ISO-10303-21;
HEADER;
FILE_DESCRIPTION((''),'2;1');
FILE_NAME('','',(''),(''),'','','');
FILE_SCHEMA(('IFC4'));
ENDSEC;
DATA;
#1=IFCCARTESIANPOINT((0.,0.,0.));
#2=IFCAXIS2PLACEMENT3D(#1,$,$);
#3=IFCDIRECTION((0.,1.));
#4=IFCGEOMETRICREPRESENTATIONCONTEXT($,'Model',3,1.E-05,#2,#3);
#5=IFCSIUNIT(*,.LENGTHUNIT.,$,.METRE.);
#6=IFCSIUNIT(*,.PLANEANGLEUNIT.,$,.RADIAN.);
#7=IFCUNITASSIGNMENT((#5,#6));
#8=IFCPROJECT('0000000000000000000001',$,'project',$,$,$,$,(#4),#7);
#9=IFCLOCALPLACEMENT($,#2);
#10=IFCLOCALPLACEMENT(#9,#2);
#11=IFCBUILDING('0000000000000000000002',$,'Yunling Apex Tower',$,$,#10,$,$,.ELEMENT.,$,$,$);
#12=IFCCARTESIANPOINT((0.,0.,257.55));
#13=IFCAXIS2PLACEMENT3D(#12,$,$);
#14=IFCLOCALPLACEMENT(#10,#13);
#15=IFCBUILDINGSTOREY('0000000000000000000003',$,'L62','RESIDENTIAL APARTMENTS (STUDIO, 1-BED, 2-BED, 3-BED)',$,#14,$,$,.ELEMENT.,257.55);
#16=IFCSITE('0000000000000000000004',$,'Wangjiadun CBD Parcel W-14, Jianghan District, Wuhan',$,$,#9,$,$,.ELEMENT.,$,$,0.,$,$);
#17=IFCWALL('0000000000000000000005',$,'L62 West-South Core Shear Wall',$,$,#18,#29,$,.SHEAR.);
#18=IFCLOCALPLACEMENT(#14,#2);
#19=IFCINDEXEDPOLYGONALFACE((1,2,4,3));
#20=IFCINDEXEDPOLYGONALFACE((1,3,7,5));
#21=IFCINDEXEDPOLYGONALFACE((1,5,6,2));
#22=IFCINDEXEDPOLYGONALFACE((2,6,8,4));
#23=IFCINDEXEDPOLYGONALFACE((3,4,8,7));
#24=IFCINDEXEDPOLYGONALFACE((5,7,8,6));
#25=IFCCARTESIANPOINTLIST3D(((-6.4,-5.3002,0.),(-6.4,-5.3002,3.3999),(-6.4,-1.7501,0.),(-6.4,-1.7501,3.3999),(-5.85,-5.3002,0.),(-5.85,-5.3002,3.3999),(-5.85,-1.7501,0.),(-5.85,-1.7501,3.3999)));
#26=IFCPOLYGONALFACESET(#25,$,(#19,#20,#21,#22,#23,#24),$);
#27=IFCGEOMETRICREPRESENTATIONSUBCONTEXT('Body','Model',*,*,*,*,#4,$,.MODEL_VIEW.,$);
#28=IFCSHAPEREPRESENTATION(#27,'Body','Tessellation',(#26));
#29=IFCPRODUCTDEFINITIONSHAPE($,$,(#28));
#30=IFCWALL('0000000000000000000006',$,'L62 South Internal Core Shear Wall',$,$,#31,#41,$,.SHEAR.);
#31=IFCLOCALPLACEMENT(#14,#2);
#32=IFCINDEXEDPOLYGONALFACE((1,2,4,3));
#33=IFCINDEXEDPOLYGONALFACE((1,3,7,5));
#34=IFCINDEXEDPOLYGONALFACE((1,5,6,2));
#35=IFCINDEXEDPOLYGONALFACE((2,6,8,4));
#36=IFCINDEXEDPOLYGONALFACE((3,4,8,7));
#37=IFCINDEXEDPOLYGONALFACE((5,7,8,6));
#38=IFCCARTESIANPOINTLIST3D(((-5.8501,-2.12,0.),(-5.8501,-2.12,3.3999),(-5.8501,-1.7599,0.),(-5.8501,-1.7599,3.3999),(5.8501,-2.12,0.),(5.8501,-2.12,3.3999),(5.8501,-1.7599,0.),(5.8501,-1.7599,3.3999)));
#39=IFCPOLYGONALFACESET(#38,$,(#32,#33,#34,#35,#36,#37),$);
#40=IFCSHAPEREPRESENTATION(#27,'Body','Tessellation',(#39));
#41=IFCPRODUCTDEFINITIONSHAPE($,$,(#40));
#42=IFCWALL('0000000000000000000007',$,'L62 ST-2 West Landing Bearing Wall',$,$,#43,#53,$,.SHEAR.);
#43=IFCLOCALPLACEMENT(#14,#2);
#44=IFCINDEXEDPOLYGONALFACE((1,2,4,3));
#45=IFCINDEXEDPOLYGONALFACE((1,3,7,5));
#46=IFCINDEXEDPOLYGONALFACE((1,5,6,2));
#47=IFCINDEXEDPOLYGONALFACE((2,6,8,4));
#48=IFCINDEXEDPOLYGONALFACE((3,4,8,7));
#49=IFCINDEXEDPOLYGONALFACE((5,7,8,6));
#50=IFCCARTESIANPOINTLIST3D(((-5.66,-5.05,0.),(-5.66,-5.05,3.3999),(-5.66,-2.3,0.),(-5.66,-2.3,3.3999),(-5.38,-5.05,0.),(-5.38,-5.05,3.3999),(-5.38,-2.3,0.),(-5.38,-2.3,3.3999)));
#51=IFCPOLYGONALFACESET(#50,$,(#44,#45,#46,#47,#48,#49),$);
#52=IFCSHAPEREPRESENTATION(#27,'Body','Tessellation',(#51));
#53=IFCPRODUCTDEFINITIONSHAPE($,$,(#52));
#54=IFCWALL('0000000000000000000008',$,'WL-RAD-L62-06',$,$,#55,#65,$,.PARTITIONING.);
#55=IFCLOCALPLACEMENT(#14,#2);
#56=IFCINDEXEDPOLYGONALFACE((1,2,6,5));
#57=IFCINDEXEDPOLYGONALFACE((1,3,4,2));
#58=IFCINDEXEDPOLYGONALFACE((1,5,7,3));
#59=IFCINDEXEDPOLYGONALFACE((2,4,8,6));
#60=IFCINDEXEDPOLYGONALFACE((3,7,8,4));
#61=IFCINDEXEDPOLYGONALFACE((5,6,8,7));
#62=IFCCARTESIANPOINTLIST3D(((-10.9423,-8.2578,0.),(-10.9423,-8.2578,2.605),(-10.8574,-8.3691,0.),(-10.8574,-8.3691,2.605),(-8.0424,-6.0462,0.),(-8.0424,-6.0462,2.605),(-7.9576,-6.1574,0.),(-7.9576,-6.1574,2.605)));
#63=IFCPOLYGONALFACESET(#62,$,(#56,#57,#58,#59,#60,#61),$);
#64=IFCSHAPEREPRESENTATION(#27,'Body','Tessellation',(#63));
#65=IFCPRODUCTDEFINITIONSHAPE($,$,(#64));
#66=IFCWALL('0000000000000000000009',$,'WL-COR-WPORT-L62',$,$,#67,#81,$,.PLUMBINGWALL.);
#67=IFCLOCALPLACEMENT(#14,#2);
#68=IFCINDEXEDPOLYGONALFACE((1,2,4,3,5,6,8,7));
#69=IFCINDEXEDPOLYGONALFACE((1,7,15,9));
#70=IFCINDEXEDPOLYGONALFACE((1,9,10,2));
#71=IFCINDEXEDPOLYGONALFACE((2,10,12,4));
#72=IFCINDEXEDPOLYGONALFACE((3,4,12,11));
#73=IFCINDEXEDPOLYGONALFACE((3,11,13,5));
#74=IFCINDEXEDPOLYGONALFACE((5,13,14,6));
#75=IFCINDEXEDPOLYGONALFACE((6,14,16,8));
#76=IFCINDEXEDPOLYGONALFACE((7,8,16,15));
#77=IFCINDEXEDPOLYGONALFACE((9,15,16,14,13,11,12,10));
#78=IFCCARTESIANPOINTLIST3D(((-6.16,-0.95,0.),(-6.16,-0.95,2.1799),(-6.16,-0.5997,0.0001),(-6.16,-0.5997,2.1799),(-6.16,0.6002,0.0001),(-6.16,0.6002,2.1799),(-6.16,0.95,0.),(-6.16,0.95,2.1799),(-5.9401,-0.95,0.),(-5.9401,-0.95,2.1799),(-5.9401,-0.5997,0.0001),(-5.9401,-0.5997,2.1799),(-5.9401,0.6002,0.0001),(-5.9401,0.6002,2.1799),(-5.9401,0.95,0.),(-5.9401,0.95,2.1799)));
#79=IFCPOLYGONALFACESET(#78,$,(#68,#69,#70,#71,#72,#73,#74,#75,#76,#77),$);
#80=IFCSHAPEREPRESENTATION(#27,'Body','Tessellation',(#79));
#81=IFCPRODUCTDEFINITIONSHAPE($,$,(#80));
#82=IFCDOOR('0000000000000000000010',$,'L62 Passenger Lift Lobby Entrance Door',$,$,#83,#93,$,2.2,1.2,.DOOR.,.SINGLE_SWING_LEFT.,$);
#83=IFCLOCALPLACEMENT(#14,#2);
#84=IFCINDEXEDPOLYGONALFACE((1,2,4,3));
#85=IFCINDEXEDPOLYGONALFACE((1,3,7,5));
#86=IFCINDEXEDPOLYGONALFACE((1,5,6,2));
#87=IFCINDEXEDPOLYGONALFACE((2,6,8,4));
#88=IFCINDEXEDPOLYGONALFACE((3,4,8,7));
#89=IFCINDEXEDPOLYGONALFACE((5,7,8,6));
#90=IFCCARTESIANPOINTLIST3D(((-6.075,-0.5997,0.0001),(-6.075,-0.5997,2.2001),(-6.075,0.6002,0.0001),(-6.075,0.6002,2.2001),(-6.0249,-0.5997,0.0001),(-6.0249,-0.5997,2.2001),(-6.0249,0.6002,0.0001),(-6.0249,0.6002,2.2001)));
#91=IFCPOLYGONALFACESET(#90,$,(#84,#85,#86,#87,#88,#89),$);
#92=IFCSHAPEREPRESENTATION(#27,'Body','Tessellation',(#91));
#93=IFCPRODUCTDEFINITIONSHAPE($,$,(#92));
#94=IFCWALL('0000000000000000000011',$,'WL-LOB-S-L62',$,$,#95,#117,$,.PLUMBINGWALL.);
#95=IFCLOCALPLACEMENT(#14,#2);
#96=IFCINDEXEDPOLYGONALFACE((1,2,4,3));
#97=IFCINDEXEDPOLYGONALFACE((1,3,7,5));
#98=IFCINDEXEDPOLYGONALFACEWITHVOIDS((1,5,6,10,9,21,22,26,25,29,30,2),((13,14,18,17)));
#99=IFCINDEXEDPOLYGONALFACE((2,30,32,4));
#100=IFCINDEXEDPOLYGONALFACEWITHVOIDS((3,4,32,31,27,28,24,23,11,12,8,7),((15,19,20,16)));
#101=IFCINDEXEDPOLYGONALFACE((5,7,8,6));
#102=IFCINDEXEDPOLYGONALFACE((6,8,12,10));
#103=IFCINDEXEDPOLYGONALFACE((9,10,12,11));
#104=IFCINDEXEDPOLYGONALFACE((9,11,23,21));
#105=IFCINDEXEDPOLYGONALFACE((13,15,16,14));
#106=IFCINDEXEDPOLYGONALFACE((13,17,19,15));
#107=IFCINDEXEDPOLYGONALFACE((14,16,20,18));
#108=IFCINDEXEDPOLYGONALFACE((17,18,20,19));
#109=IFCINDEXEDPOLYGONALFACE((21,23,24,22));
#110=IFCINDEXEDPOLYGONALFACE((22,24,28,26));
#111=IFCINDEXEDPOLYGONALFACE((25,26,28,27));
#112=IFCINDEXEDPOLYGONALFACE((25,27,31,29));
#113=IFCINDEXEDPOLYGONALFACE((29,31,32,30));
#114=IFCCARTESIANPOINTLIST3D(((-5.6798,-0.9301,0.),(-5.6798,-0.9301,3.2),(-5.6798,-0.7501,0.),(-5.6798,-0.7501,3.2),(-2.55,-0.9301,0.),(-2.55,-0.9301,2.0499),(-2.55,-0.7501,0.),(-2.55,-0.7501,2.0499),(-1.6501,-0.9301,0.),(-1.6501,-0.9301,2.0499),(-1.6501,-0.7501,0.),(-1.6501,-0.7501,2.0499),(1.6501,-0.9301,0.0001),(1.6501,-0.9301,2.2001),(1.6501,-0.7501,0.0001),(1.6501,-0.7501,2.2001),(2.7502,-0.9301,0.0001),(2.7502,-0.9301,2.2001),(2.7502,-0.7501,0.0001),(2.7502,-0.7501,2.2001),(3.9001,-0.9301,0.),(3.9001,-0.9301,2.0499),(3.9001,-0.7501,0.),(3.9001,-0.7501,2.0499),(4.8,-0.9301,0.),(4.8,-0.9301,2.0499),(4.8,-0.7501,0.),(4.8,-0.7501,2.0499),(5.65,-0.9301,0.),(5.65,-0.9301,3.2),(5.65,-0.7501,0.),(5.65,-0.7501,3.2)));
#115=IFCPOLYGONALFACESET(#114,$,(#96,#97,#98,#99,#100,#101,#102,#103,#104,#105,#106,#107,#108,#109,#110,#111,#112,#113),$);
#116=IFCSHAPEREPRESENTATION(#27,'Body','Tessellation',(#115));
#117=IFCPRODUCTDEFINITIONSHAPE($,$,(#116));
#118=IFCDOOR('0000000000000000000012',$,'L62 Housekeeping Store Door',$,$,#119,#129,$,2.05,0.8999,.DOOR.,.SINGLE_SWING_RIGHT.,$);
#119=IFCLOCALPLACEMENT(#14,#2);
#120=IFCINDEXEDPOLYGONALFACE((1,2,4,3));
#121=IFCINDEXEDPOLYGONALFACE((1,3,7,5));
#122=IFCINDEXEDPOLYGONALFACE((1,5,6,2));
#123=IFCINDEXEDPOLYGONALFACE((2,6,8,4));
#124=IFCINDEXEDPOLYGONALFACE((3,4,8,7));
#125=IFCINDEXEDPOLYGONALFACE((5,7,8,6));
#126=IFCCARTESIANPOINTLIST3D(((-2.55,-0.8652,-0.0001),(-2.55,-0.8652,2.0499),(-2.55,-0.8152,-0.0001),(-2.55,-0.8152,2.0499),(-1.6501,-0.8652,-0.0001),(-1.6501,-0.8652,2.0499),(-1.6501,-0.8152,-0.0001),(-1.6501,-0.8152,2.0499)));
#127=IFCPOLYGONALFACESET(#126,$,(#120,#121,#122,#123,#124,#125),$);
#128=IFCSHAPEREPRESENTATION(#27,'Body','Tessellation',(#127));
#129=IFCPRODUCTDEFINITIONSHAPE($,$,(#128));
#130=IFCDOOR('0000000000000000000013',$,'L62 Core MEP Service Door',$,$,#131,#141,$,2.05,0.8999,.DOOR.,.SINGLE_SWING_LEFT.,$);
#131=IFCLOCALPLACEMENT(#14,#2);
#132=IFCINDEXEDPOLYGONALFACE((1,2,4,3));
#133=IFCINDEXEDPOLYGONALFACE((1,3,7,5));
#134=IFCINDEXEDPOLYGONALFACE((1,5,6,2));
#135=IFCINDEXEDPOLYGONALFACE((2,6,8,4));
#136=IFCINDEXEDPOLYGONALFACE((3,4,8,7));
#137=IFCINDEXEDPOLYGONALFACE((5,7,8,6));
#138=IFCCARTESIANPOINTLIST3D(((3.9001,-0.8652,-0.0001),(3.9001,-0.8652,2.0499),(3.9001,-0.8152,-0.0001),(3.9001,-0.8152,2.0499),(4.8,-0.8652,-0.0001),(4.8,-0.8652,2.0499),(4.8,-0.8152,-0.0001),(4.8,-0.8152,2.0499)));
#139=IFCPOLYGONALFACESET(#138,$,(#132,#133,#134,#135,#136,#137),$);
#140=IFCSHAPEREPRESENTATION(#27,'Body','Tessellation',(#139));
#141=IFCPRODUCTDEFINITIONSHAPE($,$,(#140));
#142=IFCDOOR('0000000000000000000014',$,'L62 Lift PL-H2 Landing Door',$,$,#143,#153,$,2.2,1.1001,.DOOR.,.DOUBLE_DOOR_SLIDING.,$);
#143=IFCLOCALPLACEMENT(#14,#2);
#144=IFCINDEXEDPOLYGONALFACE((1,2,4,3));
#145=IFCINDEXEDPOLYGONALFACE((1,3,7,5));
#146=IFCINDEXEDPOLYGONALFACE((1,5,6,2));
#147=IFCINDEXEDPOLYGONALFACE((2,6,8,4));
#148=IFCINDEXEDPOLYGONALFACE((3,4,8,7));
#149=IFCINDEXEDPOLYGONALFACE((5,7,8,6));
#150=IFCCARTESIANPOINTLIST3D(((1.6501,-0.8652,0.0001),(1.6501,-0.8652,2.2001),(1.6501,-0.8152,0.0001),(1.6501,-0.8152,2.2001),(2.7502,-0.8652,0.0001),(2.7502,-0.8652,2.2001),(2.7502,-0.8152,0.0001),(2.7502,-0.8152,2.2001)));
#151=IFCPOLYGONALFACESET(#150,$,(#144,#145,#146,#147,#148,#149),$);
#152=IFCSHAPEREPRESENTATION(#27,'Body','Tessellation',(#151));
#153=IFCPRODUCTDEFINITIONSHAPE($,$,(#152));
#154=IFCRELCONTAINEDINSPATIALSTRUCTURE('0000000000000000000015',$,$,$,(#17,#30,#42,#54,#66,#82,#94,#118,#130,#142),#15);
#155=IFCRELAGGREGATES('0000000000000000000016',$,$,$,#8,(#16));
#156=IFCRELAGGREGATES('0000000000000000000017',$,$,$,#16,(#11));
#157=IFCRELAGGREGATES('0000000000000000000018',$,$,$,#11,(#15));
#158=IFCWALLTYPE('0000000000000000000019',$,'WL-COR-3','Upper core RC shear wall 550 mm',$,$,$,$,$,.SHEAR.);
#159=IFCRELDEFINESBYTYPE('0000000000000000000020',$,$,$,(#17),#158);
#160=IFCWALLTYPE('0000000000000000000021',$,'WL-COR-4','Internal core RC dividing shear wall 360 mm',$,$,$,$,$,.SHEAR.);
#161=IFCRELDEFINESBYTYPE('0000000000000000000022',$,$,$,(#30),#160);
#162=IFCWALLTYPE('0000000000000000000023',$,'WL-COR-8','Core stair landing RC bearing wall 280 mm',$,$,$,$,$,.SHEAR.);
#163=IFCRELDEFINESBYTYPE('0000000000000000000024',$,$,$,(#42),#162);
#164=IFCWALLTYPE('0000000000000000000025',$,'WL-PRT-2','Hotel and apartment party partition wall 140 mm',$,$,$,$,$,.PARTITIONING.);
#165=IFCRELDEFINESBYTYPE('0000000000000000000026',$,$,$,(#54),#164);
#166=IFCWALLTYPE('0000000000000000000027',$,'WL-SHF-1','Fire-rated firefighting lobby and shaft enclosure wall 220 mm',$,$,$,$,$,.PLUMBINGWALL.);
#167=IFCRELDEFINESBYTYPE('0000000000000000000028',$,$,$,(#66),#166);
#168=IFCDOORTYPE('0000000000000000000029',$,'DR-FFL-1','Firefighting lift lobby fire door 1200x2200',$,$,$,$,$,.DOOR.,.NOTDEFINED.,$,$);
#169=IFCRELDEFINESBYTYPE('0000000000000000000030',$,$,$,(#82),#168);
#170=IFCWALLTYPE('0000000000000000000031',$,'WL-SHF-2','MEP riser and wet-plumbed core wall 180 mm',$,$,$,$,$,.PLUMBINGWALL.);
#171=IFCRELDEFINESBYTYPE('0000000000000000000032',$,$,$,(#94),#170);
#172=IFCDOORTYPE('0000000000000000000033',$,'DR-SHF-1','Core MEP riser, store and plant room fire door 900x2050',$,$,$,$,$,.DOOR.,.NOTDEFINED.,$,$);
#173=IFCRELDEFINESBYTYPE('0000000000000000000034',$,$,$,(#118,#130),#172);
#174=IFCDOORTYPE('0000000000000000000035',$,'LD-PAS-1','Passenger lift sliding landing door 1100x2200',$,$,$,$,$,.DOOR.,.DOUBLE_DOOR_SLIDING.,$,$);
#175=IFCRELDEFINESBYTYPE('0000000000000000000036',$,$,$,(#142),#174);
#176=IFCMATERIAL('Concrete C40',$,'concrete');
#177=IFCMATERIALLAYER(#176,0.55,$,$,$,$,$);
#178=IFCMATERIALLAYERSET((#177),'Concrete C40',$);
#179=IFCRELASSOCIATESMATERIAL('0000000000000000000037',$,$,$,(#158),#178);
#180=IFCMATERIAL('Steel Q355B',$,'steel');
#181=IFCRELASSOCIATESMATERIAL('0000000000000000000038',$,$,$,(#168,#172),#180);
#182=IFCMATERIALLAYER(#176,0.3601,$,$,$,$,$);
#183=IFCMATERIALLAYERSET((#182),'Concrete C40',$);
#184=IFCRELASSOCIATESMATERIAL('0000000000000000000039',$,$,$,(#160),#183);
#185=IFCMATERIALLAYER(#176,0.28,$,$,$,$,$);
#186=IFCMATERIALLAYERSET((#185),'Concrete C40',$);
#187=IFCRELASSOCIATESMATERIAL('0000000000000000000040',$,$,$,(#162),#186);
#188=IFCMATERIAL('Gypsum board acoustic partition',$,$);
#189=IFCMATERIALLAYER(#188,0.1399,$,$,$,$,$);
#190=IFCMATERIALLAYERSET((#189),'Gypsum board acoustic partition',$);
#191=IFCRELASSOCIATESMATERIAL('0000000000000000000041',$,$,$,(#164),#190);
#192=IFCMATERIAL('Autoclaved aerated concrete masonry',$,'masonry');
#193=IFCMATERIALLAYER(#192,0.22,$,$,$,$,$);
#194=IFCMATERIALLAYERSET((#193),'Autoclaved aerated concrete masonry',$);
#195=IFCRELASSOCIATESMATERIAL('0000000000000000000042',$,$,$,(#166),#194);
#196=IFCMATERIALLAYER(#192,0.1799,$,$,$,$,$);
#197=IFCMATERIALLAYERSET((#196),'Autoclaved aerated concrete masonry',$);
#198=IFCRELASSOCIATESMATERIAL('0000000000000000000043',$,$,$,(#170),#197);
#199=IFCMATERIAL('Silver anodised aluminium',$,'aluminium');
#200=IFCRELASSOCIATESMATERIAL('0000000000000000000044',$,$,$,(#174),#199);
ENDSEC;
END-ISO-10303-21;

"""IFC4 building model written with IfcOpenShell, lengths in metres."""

from ifc_helpers import new_model, si_unit, direction, frame, frame_2d, origin, place, context, subcontext, project, spatial, rectangle, extrude, material, layer, layer_set, type_object, element, fill, save


model = new_model("IFC4")

# Units and contexts
model_context = context("Model", 3, precision=1e-05, world=origin(), true_north=direction((0.0, 1.0)))
body_context = subcontext(model_context, "Body", "Model", "MODEL_VIEW")
ifc_project = project(units=[si_unit("LENGTHUNIT", "METRE"), si_unit("PLANEANGLEUNIT", "RADIAN")], contexts=[model_context])

# Site, building, storey
site_placement = place(None, origin())
site = spatial("IfcSite", under=ifc_project, at=site_placement, Name="Wangjiadun CBD Parcel W-14, Jianghan District, Wuhan", CompositionType="ELEMENT", RefElevation=0.0)
building_placement = place(site_placement, origin())
building = spatial("IfcBuilding", under=site, at=building_placement, Name="Yunling Apex Tower", CompositionType="ELEMENT")
storey_placement = place(building_placement, frame((0.0, 0.0, 257.55)))
storey = spatial("IfcBuildingStorey", under=building, at=storey_placement, Name="L62", Description="RESIDENTIAL APARTMENTS (STUDIO, 1-BED, 2-BED, 3-BED)", CompositionType="ELEMENT", Elevation=257.55)

# Shared definitions
ifc_material_1 = material(Name="Steel Q355B", Category="steel")
ifc_material_2 = material(Name="Concrete C40", Category="concrete")

# Shared definitions
ifc_layer_1 = layer(ifc_material_2, 0.55)
ifc_layer_set_1 = layer_set([ifc_layer_1], Name="Concrete C40")
wall_type_1 = type_object("IfcWallType", Name="WL-COR-3", Description="Upper core RC shear wall 550 mm", PredefinedType="SHEAR", material=ifc_layer_set_1)
door_type_1 = type_object("IfcDoorType", Name="DR-FFL-1", Description="Firefighting lift lobby fire door 1200x2200", OperationType="NOTDEFINED", PredefinedType="DOOR", material=ifc_material_1)

# Walls
wall_1_placement = place(storey_placement, frame((-6.125, -5.3, 0.0), z_axis=(0.0, 0.0, 1.0), x_axis=(0.0, 1.0, 0.0)))
element("IfcWall", 1, at=wall_1_placement, inside=storey, type_object=wall_type_1, Name="L62 West-South Core Shear Wall", PredefinedType="SHEAR", context=body_context, shape_type="SweptSolid", body=[
    extrude(rectangle(XDim=3.55, YDim=0.55, at=frame_2d((1.7749, 0.0))), origin(), (0.0, 0.0, 1.0), 3.3999),
])
ifc_layer_2 = layer(ifc_material_2, 0.3601)
ifc_layer_set_2 = layer_set([ifc_layer_2], Name="Concrete C40")
wall_type_2 = type_object("IfcWallType", Name="WL-COR-4", Description="Internal core RC dividing shear wall 360 mm", PredefinedType="SHEAR", material=ifc_layer_set_2)
wall_2_placement = place(storey_placement, frame((-5.8501, -1.9399, 0.0), z_axis=(0.0, 0.0, 1.0), x_axis=(1.0, 0.0, 0.0)))
element("IfcWall", 2, at=wall_2_placement, inside=storey, type_object=wall_type_2, Name="L62 South Internal Core Shear Wall", PredefinedType="SHEAR", context=body_context, shape_type="SweptSolid", body=[
    extrude(rectangle(XDim=11.7002, YDim=0.3601, at=frame_2d((5.8501, 0.0))), origin(), (0.0, 0.0, 1.0), 3.3999),
])
ifc_layer_3 = layer(ifc_material_2, 0.28)
ifc_layer_set_3 = layer_set([ifc_layer_3], Name="Concrete C40")
wall_type_3 = type_object("IfcWallType", Name="WL-COR-8", Description="Core stair landing RC bearing wall 280 mm", PredefinedType="SHEAR", material=ifc_layer_set_3)
wall_3_placement = place(storey_placement, frame((-5.52, -5.05, 0.0), z_axis=(0.0, 0.0, 1.0), x_axis=(0.0, 1.0, 0.0)))
element("IfcWall", 3, at=wall_3_placement, inside=storey, type_object=wall_type_3, Name="L62 ST-2 West Landing Bearing Wall", PredefinedType="SHEAR", context=body_context, shape_type="SweptSolid", body=[
    extrude(rectangle(XDim=2.75, YDim=0.28, at=frame_2d((1.375, 0.0))), origin(), (0.0, 0.0, 1.0), 3.3999),
])
ifc_material_3 = material(Name="Gypsum board acoustic partition")
ifc_layer_4 = layer(ifc_material_3, 0.1399)
ifc_layer_set_4 = layer_set([ifc_layer_4], Name="Gypsum board acoustic partition")
wall_type_4 = type_object("IfcWallType", Name="WL-PRT-2", Description="Hotel and apartment party partition wall 140 mm", PredefinedType="PARTITIONING", material=ifc_layer_set_4)
wall_4_placement = place(storey_placement, frame((-8.0, -6.1018, 0.0), z_axis=(0.0, 0.0, 1.0), x_axis=(-0.795138, -0.606428, 0.0)))
element("IfcWall", 4, at=wall_4_placement, inside=storey, type_object=wall_type_4, Name="WL-RAD-L62-06", PredefinedType="PARTITIONING", context=body_context, shape_type="SweptSolid", body=[
    extrude(rectangle(XDim=3.647, YDim=0.1399, at=frame_2d((1.8235, 0.0))), origin(), (0.0, 0.0, 1.0), 2.605),
])

# Wall, opening, door
ifc_material_4 = material(Name="Autoclaved aerated concrete masonry", Category="masonry")
ifc_layer_5 = layer(ifc_material_4, 0.22)
ifc_layer_set_5 = layer_set([ifc_layer_5], Name="Autoclaved aerated concrete masonry")
wall_type_5 = type_object("IfcWallType", Name="WL-SHF-1", Description="Fire-rated firefighting lobby and shaft enclosure wall 220 mm", PredefinedType="PLUMBINGWALL", material=ifc_layer_set_5)
wall_5_placement = place(storey_placement, frame((-6.05, -0.95, 0.0), z_axis=(0.0, 0.0, 1.0), x_axis=(0.0, 1.0, 0.0)))
wall_5 = element("IfcWall", 5, at=wall_5_placement, inside=storey, type_object=wall_type_5, Name="WL-COR-WPORT-L62", PredefinedType="PLUMBINGWALL", context=body_context, shape_type="SweptSolid", body=[
    extrude(rectangle(XDim=1.8999, YDim=0.22, at=frame_2d((0.95, 0.0))), origin(), (0.0, 0.0, 1.0), 2.1799),
])
opening_1_placement = place(wall_5_placement, frame((0.3501, 0.0, 0.0)))
opening_1 = element("IfcOpeningElement", 6, at=opening_1_placement, cuts=wall_5, PredefinedType="OPENING", context=body_context, shape_type="SweptSolid", body=[
    extrude(rectangle(XDim=1.2, YDim=2.2, at=frame_2d((0.6001, 1.1001))), frame((0.0, 0.1201, 0.0), z_axis=(0.0, -1.0, 0.0), x_axis=(1.0, 0.0, 0.0)), (0.0, 0.0, 1.0), 0.24),
])
door_1_placement = place(opening_1_placement, origin())
door_1 = element("IfcDoor", 7, at=door_1_placement, inside=storey, type_object=door_type_1, Name="L62 Passenger Lift Lobby Entrance Door", OperationType="SINGLE_SWING_LEFT", OverallHeight=2.2, OverallWidth=1.2, PredefinedType="DOOR", context=body_context, shape_type="SweptSolid", body=[
    extrude(rectangle(XDim=1.2, YDim=2.2, at=frame_2d((0.6001, 1.1001))), frame((0.0, 0.0249, 0.0), z_axis=(0.0, -1.0, 0.0), x_axis=(1.0, 0.0, 0.0)), (0.0, 0.0, 1.0), 0.05),
])
fill(opening_1, door_1)

# Wall, openings, doors
ifc_layer_6 = layer(ifc_material_4, 0.1799)
ifc_layer_set_6 = layer_set([ifc_layer_6], Name="Autoclaved aerated concrete masonry")
wall_type_6 = type_object("IfcWallType", Name="WL-SHF-2", Description="MEP riser and wet-plumbed core wall 180 mm", PredefinedType="PLUMBINGWALL", material=ifc_layer_set_6)
wall_6_placement = place(storey_placement, frame((-5.6799, -0.8401, 0.0), z_axis=(0.0, 0.0, 1.0), x_axis=(1.0, 0.0, 0.0)))
wall_6 = element("IfcWall", 8, at=wall_6_placement, inside=storey, type_object=wall_type_6, Name="WL-LOB-S-L62", PredefinedType="PLUMBINGWALL", context=body_context, shape_type="SweptSolid", body=[
    extrude(rectangle(XDim=11.3298, YDim=0.1799, at=frame_2d((5.665, 0.0))), origin(), (0.0, 0.0, 1.0), 3.2),
])
opening_2_placement = place(wall_6_placement, frame((3.1299, 0.0, 0.0)))
opening_2 = element("IfcOpeningElement", 9, at=opening_2_placement, cuts=wall_6, PredefinedType="OPENING", context=body_context, shape_type="SweptSolid", body=[
    extrude(rectangle(XDim=0.8999, YDim=2.05, at=frame_2d((0.45, 1.0249))), frame((0.0, 0.1001, 0.0), z_axis=(0.0, -1.0, 0.0), x_axis=(1.0, 0.0, 0.0)), (0.0, 0.0, 1.0), 0.2),
])
opening_3_placement = place(wall_6_placement, frame((7.3301, 0.0, 0.0)))
opening_3 = element("IfcOpeningElement", 10, at=opening_3_placement, cuts=wall_6, PredefinedType="OPENING", context=body_context, shape_type="SweptSolid", body=[
    extrude(rectangle(XDim=1.1001, YDim=2.2, at=frame_2d((0.55, 1.1001))), frame((0.0, 0.1001, 0.0), z_axis=(0.0, -1.0, 0.0), x_axis=(1.0, 0.0, 0.0)), (0.0, 0.0, 1.0), 0.2),
])
opening_4_placement = place(wall_6_placement, frame((9.5801, 0.0, 0.0)))
opening_4 = element("IfcOpeningElement", 11, at=opening_4_placement, cuts=wall_6, PredefinedType="OPENING", context=body_context, shape_type="SweptSolid", body=[
    extrude(rectangle(XDim=0.8999, YDim=2.05, at=frame_2d((0.45, 1.0249))), frame((0.0, 0.1001, 0.0), z_axis=(0.0, -1.0, 0.0), x_axis=(1.0, 0.0, 0.0)), (0.0, 0.0, 1.0), 0.2),
])
door_type_2 = type_object("IfcDoorType", Name="DR-SHF-1", Description="Core MEP riser, store and plant room fire door 900x2050", OperationType="NOTDEFINED", PredefinedType="DOOR", material=ifc_material_1)
door_2_placement = place(opening_2_placement, origin())
door_2 = element("IfcDoor", 12, at=door_2_placement, inside=storey, type_object=door_type_2, Name="L62 Housekeeping Store Door", OperationType="SINGLE_SWING_RIGHT", OverallHeight=2.05, OverallWidth=0.8999, PredefinedType="DOOR", context=body_context, shape_type="SweptSolid", body=[
    extrude(rectangle(XDim=0.8999, YDim=2.05, at=frame_2d((0.45, 1.0249))), frame((0.0, 0.0249, 0.0), z_axis=(0.0, -1.0, 0.0), x_axis=(1.0, 0.0, 0.0)), (0.0, 0.0, 1.0), 0.05),
])
fill(opening_2, door_2)
door_3_placement = place(opening_4_placement, origin())
door_3 = element("IfcDoor", 13, at=door_3_placement, inside=storey, type_object=door_type_2, Name="L62 Core MEP Service Door", OperationType="SINGLE_SWING_LEFT", OverallHeight=2.05, OverallWidth=0.8999, PredefinedType="DOOR", context=body_context, shape_type="SweptSolid", body=[
    extrude(rectangle(XDim=0.8999, YDim=2.05, at=frame_2d((0.45, 1.0249))), frame((0.0, 0.0249, 0.0), z_axis=(0.0, -1.0, 0.0), x_axis=(1.0, 0.0, 0.0)), (0.0, 0.0, 1.0), 0.05),
])
fill(opening_4, door_3)
ifc_material_5 = material(Name="Silver anodised aluminium", Category="aluminium")
door_type_3 = type_object("IfcDoorType", Name="LD-PAS-1", Description="Passenger lift sliding landing door 1100x2200", OperationType="DOUBLE_DOOR_SLIDING", PredefinedType="DOOR", material=ifc_material_5)
door_4_placement = place(opening_3_placement, origin())
door_4 = element("IfcDoor", 14, at=door_4_placement, inside=storey, type_object=door_type_3, Name="L62 Lift PL-H2 Landing Door", OperationType="DOUBLE_DOOR_SLIDING", OverallHeight=2.2, OverallWidth=1.1001, PredefinedType="DOOR", context=body_context, shape_type="SweptSolid", body=[
    extrude(rectangle(XDim=1.1001, YDim=2.2, at=frame_2d((0.55, 1.1001))), frame((0.0, 0.0249, 0.0), z_axis=(0.0, -1.0, 0.0), x_axis=(1.0, 0.0, 0.0)), (0.0, 0.0, 1.0), 0.05),
])
fill(opening_3, door_4)

save(model, "model.ifc")
